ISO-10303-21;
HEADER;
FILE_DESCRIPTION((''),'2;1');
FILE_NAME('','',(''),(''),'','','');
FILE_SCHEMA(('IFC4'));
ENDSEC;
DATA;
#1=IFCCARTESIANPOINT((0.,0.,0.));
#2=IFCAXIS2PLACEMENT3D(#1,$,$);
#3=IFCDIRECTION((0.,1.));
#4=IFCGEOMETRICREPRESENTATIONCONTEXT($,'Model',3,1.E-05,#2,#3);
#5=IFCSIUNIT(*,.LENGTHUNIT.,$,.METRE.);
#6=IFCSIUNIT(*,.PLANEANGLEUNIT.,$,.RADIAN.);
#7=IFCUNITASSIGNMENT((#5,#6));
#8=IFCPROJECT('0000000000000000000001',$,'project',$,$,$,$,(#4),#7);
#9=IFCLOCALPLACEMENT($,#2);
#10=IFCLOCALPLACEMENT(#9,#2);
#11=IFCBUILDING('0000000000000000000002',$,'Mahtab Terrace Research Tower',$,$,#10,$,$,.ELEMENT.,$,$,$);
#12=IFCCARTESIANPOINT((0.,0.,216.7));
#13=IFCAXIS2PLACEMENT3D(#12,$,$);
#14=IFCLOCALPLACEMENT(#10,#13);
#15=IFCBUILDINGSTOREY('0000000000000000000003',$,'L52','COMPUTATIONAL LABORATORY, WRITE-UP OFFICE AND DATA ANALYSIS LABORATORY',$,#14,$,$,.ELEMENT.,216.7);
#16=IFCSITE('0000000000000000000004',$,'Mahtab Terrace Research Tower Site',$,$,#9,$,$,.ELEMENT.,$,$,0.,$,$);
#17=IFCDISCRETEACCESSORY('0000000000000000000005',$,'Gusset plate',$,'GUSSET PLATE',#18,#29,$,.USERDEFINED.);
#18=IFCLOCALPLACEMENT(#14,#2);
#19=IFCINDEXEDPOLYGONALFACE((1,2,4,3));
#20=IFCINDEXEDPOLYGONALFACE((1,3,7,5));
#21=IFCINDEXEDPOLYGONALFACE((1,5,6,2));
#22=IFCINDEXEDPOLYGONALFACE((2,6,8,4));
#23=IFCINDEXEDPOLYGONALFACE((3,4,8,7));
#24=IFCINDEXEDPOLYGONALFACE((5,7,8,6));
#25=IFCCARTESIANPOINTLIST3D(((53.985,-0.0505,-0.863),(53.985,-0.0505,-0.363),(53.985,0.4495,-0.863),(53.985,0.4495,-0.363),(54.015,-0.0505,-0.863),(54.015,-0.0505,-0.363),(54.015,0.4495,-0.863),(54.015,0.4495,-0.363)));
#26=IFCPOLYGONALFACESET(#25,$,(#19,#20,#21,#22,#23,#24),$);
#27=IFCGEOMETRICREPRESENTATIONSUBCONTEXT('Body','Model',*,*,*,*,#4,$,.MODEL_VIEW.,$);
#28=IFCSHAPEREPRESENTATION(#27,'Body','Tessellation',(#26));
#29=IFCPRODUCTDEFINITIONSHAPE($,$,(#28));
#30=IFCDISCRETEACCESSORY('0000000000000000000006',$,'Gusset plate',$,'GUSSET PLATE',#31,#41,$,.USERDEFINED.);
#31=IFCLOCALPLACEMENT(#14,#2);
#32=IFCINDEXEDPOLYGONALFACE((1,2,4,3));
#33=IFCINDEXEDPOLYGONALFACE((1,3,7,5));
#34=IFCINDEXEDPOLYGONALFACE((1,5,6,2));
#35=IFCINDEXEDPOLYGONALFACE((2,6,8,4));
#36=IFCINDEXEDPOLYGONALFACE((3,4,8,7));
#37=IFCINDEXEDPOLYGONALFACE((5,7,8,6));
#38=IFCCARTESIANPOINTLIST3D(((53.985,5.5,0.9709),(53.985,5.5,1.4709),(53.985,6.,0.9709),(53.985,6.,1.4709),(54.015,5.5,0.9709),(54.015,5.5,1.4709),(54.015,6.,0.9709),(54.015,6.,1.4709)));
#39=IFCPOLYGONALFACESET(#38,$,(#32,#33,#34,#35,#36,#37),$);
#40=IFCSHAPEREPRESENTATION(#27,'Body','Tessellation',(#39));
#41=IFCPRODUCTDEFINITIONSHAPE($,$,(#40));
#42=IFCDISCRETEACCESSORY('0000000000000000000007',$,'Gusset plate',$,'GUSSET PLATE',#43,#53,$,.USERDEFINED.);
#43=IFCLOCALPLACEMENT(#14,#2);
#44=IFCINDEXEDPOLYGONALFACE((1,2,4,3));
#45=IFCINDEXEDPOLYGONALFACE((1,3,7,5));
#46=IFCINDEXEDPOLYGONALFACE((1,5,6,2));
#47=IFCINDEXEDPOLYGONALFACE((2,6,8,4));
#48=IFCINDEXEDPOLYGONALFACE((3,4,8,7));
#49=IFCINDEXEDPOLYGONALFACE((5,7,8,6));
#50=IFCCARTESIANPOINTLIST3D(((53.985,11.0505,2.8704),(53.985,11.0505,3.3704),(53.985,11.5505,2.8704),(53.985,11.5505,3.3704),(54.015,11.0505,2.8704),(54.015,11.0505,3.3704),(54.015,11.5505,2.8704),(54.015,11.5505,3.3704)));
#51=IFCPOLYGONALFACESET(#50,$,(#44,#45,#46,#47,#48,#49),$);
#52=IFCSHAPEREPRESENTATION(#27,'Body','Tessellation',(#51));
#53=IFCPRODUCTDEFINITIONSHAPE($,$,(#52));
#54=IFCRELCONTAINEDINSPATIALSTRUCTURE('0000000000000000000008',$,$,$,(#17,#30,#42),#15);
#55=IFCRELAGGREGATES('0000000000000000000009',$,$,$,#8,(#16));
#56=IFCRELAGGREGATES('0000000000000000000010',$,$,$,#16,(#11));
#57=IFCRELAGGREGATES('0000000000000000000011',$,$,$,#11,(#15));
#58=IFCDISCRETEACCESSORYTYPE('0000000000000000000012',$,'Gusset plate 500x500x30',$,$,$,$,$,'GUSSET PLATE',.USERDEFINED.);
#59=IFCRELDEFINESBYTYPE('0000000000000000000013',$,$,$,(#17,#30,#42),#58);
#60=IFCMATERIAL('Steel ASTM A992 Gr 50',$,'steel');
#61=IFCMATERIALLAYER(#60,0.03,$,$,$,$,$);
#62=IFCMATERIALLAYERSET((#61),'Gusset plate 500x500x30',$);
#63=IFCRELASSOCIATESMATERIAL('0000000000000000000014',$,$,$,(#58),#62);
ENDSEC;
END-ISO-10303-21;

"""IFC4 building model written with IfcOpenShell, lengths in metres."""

from ifc_helpers import new_model, si_unit, direction, frame, origin, origin_2d, place, context, subcontext, project, spatial, rectangle, extrude, material, layer, layer_set, type_object, element, save


model = new_model("IFC4")

# Units and contexts
model_context = context("Model", 3, precision=1e-05, world=origin(), true_north=direction((0.0, 1.0)))
body_context = subcontext(model_context, "Body", "Model", "MODEL_VIEW")
ifc_project = project(units=[si_unit("LENGTHUNIT", "METRE"), si_unit("PLANEANGLEUNIT", "RADIAN")], contexts=[model_context])

# Site, building, storey
site_placement = place(None, origin())
site = spatial("IfcSite", under=ifc_project, at=site_placement, Name="Mahtab Terrace Research Tower Site", CompositionType="ELEMENT", RefElevation=0.0)
building_placement = place(site_placement, origin())
building = spatial("IfcBuilding", under=site, at=building_placement, Name="Mahtab Terrace Research Tower", CompositionType="ELEMENT")
storey_placement = place(building_placement, frame((0.0, 0.0, 216.7)))
storey = spatial("IfcBuildingStorey", under=building, at=storey_placement, Name="L52", Description="COMPUTATIONAL LABORATORY, WRITE-UP OFFICE AND DATA ANALYSIS LABORATORY", CompositionType="ELEMENT", Elevation=216.7)

# Shared definitions
ifc_material_1 = material(Name="Steel ASTM A992 Gr 50", Category="steel")

# Discrete accessories
ifc_layer_1 = layer(ifc_material_1, 0.03)
ifc_layer_set_1 = layer_set([ifc_layer_1], Name="Gusset plate 500x500x30")
discrete_accessory_type = type_object("IfcDiscreteAccessoryType", Name="Gusset plate 500x500x30", ElementType="GUSSET PLATE", PredefinedType="USERDEFINED", material=ifc_layer_set_1)
for number, where, z_axis, x_axis, name in (
    (1, (54.0, 0.1995, -0.863), (0.0, 0.0, 1.0), (0.0, 1.0, 0.0), "Gusset plate"),
    (2, (54.0, 5.75, 0.9709), (0.0, 0.0, 1.0), (0.0, 1.0, 0.0), "Gusset plate"),
    (3, (54.0, 11.3005, 2.8704), (0.0, 0.0, 1.0), (0.0, 1.0, 0.0), "Gusset plate"),
):
    element("IfcDiscreteAccessory", number, at=place(storey_placement, frame(where, z_axis=z_axis, x_axis=x_axis)), inside=storey, type_object=discrete_accessory_type, Name=name, ObjectType="GUSSET PLATE", PredefinedType="USERDEFINED", context=body_context, shape_type="SweptSolid", body=[
        extrude(rectangle(XDim=0.5, YDim=0.03, at=origin_2d()), origin(), (0.0, 0.0, 1.0), 0.5),
    ])

save(model, "model.ifc")
